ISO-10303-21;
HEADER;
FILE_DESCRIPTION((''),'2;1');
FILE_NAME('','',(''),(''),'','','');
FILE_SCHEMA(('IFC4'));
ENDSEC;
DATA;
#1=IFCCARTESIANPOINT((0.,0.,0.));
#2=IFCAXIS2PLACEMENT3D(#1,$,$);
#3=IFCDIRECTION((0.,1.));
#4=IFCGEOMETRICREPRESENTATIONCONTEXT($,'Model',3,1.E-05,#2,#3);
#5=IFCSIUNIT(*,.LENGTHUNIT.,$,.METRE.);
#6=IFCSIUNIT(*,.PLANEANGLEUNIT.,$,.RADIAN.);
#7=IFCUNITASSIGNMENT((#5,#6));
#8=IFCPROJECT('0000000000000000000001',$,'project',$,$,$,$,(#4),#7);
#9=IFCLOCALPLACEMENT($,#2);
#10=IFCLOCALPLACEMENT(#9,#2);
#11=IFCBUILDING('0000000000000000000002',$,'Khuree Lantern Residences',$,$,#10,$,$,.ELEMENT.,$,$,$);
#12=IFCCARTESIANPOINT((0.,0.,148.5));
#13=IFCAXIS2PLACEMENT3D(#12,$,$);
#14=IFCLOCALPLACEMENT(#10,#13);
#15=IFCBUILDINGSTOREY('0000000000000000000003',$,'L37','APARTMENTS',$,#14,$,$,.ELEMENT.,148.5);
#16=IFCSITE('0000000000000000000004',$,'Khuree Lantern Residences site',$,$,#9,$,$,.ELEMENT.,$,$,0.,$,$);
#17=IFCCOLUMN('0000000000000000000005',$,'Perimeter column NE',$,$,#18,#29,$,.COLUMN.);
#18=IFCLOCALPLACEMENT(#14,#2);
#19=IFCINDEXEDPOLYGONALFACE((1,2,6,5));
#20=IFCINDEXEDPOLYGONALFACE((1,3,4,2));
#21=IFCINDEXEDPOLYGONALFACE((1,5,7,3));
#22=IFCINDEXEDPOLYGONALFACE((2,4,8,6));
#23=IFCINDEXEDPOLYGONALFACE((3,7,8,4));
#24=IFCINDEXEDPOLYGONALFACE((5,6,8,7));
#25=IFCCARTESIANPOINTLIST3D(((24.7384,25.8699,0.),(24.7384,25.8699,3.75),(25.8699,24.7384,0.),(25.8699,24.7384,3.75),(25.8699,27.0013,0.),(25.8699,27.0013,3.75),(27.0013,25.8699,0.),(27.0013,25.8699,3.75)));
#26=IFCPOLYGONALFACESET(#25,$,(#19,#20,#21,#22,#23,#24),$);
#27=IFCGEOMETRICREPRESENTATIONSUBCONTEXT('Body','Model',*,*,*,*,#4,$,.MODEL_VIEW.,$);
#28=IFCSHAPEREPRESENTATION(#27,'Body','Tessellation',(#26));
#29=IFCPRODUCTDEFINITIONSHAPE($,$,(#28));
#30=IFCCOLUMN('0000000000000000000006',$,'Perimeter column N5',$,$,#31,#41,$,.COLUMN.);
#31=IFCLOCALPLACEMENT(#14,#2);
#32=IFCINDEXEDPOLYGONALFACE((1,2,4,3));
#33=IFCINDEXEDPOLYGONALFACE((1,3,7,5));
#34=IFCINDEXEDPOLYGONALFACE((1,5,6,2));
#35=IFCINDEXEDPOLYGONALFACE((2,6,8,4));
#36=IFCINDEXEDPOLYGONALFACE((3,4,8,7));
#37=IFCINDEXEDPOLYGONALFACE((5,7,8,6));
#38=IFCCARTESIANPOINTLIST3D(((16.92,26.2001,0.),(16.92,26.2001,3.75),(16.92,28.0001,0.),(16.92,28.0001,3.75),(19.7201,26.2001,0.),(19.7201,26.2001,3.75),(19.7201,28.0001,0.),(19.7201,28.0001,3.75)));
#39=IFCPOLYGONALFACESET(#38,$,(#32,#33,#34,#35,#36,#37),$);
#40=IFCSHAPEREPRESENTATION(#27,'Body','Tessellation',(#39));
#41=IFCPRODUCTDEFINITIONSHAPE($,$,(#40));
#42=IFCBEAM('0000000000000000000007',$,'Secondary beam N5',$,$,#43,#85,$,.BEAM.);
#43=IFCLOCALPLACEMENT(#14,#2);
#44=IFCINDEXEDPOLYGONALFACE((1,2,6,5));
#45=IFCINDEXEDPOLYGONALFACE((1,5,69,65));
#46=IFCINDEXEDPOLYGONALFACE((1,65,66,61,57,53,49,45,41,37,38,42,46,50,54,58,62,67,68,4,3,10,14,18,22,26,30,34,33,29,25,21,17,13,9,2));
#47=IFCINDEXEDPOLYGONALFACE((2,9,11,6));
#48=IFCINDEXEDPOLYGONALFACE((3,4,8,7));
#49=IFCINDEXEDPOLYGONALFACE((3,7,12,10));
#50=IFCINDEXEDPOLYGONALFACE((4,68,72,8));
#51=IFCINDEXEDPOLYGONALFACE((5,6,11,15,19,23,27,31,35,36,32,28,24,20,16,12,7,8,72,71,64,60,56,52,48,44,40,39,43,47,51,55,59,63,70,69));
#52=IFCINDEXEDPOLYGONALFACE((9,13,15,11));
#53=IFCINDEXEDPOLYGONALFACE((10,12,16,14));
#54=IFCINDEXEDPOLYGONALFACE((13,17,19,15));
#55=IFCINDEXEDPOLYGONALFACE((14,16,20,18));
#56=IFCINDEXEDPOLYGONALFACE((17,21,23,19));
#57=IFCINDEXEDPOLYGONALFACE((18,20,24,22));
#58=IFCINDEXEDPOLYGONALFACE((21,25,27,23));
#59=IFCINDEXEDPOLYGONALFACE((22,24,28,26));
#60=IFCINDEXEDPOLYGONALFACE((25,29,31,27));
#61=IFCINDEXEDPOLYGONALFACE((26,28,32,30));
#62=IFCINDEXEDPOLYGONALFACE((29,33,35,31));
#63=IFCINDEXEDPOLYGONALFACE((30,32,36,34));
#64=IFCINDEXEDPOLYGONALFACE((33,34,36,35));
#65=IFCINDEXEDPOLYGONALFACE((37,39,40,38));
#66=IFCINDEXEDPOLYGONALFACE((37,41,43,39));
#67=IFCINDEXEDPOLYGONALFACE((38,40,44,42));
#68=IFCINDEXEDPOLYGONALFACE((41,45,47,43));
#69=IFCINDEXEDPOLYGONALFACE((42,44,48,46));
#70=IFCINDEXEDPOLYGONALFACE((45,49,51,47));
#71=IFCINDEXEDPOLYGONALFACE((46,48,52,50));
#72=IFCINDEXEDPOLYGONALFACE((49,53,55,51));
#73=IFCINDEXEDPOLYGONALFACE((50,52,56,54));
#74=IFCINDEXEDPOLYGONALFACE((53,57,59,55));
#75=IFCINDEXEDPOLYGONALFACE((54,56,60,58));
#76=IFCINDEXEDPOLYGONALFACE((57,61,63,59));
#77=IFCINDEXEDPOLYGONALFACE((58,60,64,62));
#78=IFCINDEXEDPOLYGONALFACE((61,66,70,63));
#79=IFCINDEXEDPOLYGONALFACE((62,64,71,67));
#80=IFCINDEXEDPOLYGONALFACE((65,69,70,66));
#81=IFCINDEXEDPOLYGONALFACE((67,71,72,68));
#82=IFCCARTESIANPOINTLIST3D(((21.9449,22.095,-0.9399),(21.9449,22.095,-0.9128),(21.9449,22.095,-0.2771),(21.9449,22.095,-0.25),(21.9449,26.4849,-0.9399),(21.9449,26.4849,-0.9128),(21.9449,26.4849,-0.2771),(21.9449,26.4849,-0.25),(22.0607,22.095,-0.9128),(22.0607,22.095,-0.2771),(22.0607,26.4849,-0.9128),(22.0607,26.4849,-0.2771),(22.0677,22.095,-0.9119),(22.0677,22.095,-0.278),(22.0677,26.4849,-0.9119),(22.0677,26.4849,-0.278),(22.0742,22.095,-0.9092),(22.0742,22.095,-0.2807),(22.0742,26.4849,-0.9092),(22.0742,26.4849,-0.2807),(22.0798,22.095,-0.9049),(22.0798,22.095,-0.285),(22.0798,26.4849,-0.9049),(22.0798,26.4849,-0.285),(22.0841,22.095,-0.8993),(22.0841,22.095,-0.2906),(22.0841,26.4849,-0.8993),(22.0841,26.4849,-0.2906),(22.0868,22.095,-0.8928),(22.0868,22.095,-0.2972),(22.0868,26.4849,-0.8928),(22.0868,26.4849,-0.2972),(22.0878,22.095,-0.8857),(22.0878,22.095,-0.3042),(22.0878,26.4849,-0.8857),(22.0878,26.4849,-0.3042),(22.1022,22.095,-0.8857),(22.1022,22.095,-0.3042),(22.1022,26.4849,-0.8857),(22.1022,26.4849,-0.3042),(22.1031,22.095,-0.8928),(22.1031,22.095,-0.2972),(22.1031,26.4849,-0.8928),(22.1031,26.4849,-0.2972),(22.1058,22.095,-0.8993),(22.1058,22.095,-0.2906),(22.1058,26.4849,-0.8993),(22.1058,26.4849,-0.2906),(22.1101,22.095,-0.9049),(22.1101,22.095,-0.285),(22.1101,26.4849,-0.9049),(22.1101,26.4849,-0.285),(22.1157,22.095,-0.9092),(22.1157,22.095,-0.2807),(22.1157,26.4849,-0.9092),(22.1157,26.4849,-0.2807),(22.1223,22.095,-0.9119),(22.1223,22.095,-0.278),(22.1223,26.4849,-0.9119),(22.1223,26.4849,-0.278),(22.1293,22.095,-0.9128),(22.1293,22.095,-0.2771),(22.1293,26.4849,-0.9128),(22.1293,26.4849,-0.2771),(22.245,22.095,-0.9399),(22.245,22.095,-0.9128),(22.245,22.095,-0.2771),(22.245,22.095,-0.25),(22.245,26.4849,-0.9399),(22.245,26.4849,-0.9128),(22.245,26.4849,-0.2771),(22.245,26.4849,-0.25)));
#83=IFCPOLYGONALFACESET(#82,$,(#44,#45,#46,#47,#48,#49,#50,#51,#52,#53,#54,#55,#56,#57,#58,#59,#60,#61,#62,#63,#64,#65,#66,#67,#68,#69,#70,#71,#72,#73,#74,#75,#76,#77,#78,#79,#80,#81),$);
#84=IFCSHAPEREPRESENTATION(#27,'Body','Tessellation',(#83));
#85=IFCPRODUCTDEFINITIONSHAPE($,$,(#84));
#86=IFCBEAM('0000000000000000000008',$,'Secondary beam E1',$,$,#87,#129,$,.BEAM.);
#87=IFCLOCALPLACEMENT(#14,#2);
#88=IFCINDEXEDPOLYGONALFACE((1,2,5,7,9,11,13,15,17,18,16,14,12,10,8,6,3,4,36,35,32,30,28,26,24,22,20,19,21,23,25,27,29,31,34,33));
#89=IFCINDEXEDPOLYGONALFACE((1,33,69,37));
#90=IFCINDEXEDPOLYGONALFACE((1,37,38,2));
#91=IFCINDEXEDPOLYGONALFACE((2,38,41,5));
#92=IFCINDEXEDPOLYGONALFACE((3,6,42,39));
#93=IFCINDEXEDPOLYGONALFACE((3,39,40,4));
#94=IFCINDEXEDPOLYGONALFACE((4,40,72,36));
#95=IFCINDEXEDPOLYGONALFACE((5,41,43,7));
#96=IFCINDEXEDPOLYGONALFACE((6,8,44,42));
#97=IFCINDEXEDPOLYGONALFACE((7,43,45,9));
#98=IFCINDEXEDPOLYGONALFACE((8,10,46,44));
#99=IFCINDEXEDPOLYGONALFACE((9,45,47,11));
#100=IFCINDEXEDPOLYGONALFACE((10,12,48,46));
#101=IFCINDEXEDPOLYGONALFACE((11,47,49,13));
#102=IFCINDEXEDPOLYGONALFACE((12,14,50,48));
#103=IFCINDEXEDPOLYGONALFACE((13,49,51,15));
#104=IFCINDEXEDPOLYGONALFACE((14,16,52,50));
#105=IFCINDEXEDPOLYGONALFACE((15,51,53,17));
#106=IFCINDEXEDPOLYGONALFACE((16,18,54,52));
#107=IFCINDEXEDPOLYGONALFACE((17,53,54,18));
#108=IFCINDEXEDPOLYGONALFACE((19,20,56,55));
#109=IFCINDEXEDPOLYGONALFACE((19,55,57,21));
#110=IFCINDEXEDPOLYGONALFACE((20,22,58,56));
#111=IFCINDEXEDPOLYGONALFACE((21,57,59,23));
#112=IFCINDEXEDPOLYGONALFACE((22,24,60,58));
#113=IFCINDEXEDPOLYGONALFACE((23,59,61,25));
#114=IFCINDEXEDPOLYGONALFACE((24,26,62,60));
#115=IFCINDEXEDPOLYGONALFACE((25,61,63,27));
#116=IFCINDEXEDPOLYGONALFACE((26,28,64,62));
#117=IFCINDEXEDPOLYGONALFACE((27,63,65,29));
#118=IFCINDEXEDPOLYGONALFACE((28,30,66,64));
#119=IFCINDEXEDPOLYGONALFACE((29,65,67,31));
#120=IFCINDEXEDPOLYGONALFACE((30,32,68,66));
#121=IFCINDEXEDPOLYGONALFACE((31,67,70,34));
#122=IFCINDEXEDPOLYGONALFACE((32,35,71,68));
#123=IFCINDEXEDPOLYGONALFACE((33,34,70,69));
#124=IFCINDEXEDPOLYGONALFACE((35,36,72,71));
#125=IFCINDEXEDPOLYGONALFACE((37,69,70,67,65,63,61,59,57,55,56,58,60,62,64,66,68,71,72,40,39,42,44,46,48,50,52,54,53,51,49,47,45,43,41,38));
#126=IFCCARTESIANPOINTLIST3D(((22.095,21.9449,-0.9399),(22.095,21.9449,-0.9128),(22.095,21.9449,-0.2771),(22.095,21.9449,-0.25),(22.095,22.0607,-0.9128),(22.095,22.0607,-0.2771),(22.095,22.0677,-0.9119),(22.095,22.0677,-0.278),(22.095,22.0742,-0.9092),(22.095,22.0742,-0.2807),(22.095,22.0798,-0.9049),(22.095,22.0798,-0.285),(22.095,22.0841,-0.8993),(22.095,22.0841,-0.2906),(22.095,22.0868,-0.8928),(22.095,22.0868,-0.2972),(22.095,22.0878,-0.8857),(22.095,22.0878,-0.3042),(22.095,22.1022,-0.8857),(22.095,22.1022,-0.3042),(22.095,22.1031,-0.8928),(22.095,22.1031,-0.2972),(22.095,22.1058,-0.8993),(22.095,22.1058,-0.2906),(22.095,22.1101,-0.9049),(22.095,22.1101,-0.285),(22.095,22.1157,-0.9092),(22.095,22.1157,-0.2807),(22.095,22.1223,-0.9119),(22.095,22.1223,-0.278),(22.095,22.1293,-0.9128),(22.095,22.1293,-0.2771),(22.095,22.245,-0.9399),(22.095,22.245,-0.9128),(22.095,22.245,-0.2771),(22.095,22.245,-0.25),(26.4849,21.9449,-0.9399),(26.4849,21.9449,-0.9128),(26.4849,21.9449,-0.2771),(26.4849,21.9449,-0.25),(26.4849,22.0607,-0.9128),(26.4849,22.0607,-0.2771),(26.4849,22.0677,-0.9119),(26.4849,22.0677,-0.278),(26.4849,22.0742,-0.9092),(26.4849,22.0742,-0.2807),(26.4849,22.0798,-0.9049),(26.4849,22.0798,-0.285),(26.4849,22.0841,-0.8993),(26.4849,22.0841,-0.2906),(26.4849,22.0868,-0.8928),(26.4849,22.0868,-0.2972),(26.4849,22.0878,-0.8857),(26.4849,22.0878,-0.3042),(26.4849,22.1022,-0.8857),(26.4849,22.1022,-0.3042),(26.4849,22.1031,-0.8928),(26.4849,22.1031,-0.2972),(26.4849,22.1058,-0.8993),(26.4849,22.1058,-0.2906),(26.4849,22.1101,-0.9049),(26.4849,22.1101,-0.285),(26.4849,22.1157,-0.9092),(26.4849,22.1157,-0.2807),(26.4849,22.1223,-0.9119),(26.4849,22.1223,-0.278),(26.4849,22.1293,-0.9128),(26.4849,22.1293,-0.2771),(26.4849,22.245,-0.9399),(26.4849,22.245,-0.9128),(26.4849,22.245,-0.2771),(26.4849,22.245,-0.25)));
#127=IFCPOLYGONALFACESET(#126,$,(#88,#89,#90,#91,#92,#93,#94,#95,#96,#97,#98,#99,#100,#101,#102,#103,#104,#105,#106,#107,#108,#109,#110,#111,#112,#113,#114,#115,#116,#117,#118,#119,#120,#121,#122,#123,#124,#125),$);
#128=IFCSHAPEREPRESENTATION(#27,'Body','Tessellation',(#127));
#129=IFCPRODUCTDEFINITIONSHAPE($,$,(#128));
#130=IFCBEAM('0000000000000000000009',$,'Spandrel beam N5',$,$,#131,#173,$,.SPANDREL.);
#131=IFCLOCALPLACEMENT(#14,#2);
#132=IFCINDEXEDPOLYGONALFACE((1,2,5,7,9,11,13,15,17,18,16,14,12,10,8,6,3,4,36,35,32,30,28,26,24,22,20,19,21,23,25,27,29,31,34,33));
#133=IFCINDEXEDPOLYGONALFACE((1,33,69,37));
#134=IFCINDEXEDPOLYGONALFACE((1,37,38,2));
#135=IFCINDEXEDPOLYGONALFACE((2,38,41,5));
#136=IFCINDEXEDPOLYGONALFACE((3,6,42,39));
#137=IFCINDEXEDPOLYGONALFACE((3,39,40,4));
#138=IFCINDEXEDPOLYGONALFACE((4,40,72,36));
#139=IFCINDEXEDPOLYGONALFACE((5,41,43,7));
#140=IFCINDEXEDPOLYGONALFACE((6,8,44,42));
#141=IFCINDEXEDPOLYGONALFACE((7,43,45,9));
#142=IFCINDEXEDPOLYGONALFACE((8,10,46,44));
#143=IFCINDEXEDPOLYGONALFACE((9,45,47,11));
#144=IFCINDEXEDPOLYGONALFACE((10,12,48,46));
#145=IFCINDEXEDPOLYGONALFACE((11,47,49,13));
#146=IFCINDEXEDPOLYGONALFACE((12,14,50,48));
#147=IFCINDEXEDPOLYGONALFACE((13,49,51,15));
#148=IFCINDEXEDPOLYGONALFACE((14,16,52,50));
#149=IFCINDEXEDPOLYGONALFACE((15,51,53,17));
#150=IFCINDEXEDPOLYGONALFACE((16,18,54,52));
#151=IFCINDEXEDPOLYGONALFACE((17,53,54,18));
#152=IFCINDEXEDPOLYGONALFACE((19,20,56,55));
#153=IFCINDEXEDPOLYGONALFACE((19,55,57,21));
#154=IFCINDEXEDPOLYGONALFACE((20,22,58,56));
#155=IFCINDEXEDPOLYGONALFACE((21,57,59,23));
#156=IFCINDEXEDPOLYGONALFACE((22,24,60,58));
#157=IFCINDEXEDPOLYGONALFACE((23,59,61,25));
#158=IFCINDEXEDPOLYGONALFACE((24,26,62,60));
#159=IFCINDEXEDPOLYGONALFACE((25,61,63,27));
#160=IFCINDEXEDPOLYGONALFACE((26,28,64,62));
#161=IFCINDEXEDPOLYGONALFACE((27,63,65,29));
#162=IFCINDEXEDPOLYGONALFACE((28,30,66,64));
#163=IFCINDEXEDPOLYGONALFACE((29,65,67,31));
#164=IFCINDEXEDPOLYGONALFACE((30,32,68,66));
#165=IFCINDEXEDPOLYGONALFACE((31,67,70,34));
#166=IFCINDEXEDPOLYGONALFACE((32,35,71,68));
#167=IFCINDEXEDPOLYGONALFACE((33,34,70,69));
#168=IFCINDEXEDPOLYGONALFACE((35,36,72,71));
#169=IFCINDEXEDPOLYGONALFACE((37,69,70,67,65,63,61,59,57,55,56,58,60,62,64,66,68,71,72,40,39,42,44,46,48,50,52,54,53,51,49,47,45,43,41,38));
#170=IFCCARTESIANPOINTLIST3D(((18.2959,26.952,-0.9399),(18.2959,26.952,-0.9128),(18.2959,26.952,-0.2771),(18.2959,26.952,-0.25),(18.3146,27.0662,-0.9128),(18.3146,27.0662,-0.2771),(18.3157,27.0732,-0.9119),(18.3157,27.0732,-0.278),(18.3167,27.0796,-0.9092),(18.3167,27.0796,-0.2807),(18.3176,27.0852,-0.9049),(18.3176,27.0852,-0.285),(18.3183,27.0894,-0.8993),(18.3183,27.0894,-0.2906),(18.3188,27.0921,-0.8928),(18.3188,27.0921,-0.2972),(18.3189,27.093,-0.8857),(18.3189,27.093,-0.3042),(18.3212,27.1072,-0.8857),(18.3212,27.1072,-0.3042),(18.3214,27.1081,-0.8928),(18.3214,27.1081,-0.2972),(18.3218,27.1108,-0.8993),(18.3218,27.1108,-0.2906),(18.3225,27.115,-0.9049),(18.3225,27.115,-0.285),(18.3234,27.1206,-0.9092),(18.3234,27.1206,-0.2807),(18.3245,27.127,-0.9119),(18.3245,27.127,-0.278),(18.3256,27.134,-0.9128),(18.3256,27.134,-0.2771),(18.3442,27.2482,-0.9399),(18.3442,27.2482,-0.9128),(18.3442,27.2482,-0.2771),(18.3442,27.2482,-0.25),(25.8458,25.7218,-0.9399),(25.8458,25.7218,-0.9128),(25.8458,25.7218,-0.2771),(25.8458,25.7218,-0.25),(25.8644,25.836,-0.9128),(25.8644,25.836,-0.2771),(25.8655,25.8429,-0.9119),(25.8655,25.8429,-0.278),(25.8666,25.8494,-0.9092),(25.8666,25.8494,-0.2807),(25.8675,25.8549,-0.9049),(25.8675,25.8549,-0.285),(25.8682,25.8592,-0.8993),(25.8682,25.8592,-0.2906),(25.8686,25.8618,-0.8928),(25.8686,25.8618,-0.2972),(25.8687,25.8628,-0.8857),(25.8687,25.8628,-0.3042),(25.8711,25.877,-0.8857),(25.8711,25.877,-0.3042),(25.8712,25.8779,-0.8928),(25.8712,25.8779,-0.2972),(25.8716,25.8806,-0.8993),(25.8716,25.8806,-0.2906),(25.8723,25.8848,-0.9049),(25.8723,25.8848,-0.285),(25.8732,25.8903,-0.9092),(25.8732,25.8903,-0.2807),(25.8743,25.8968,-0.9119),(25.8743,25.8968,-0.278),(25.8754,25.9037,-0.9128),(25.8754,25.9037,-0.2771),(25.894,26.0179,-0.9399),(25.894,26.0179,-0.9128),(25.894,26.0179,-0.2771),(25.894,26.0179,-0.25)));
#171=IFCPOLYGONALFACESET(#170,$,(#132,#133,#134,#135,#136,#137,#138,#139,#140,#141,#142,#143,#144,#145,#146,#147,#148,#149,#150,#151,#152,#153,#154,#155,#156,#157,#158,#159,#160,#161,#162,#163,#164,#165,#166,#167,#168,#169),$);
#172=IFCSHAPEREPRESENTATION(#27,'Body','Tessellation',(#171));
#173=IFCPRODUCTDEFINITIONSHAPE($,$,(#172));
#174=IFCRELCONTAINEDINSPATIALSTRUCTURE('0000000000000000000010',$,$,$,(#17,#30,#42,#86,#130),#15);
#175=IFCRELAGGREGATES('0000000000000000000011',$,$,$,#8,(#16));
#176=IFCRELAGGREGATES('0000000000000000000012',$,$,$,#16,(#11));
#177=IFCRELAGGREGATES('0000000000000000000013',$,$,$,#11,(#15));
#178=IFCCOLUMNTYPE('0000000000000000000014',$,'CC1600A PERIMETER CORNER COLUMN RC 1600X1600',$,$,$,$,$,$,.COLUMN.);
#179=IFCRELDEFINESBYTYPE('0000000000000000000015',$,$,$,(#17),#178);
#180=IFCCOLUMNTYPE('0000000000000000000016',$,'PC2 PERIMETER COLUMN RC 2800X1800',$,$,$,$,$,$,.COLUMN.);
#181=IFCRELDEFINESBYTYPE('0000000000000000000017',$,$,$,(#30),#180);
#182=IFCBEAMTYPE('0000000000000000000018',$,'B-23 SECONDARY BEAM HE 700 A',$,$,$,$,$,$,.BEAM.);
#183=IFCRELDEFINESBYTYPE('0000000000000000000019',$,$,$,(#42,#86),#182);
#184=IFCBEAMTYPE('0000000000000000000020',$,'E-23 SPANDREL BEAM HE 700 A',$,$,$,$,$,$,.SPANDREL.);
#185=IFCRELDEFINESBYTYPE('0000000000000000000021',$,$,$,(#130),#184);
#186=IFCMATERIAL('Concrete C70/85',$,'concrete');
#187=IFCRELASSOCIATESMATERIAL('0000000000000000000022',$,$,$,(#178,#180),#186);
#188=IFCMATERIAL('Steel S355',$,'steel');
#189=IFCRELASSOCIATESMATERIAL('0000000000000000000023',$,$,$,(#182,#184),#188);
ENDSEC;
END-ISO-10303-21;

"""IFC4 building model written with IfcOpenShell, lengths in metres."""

from ifc_helpers import new_model, si_unit, direction, frame, origin, origin_2d, place, context, subcontext, project, spatial, rectangle, i_section, extrude, material, material_profile, profile_set, type_object, element, save


model = new_model("IFC4")

# Units and contexts
model_context = context("Model", 3, precision=1e-05, world=origin(), true_north=direction((0.0, 1.0)))
body_context = subcontext(model_context, "Body", "Model", "MODEL_VIEW")
ifc_project = project(units=[si_unit("LENGTHUNIT", "METRE"), si_unit("PLANEANGLEUNIT", "RADIAN")], contexts=[model_context])

# Site, building, storey
site_placement = place(None, origin())
site = spatial("IfcSite", under=ifc_project, at=site_placement, Name="Khuree Lantern Residences site", CompositionType="ELEMENT", RefElevation=0.0)
building_placement = place(site_placement, origin())
building = spatial("IfcBuilding", under=site, at=building_placement, Name="Khuree Lantern Residences", CompositionType="ELEMENT")
storey_placement = place(building_placement, frame((0.0, 0.0, 148.5)))
storey = spatial("IfcBuildingStorey", under=building, at=storey_placement, Name="L37", Description="APARTMENTS", CompositionType="ELEMENT", Elevation=148.5)

# Columns
ifc_material_1 = material(Name="Concrete C70/85", Category="concrete")
ifc_material_profile_1 = material_profile(ifc_material_1, rectangle(XDim=1.6001, YDim=1.6001, at=origin_2d()), Name="RC 1600X1600")
ifc_profile_set_1 = profile_set([ifc_material_profile_1], Name="Concrete C70/85")
column_type_1 = type_object("IfcColumnType", Name="CC1600A PERIMETER CORNER COLUMN RC 1600X1600", PredefinedType="COLUMN", material=ifc_profile_set_1)
column_1_placement = place(storey_placement, frame((25.8699, 25.8699, 0.0), z_axis=(0.0, 0.0, 1.0), x_axis=(0.707107, -0.707107, 0.0)))
element("IfcColumn", 1, at=column_1_placement, inside=storey, type_object=column_type_1, Name="Perimeter column NE", PredefinedType="COLUMN", context=body_context, shape_type="SweptSolid", body=[
    extrude(rectangle(XDim=1.6001, YDim=1.6001, at=origin_2d()), origin(), (0.0, 0.0, 1.0), 3.75),
])
ifc_material_profile_2 = material_profile(ifc_material_1, rectangle(XDim=2.8, YDim=1.8, at=origin_2d()), Name="RC 2800X1800")
ifc_profile_set_2 = profile_set([ifc_material_profile_2], Name="Concrete C70/85")
column_type_2 = type_object("IfcColumnType", Name="PC2 PERIMETER COLUMN RC 2800X1800", PredefinedType="COLUMN", material=ifc_profile_set_2)
column_2_placement = place(storey_placement, frame((18.3201, 27.1001, 0.0), z_axis=(0.0, 0.0, 1.0), x_axis=(1.0, 0.0, 0.0)))
element("IfcColumn", 2, at=column_2_placement, inside=storey, type_object=column_type_2, Name="Perimeter column N5", PredefinedType="COLUMN", context=body_context, shape_type="SweptSolid", body=[
    extrude(rectangle(XDim=2.8, YDim=1.8, at=origin_2d()), origin(), (0.0, 0.0, 1.0), 3.75),
])

# Beams
ifc_material_2 = material(Name="Steel S355", Category="steel")
ifc_material_profile_3 = material_profile(ifc_material_2, i_section(OverallWidth=0.3, OverallDepth=0.6899, WebThickness=0.0144, FlangeThickness=0.0271, FilletRadius=0.0271, at=origin_2d()), Name="HE 700 A")
ifc_profile_set_3 = profile_set([ifc_material_profile_3], Name="Steel S355")
beam_type_1 = type_object("IfcBeamType", Name="B-23 SECONDARY BEAM HE 700 A", PredefinedType="BEAM", material=ifc_profile_set_3)
for number, where, z_axis, x_axis, name in (
    (3, (22.095, 26.4849, -0.595), (0.0, -1.0, 0.0), (1.0, 0.0, 0.0), "Secondary beam N5"),
    (4, (26.4849, 22.095, -0.595), (-1.0, 0.0, 0.0), (0.0, -1.0, 0.0), "Secondary beam E1"),
):
    element("IfcBeam", number, at=place(storey_placement, frame(where, z_axis=z_axis, x_axis=x_axis)), inside=storey, type_object=beam_type_1, Name=name, PredefinedType="BEAM", context=body_context, shape_type="SweptSolid", body=[
        extrude(i_section(OverallWidth=0.3, OverallDepth=0.6899, WebThickness=0.0144, FlangeThickness=0.0271, FilletRadius=0.0271, at=origin_2d()), origin(), (0.0, 0.0, 1.0), 4.3899),
    ])
ifc_material_profile_4 = material_profile(ifc_material_2, i_section(OverallWidth=0.3, OverallDepth=0.6899, WebThickness=0.0144, FlangeThickness=0.0271, FilletRadius=0.0271, at=origin_2d()), Name="HE 700 A")
ifc_profile_set_4 = profile_set([ifc_material_profile_4], Name="Steel S355")
beam_type_2 = type_object("IfcBeamType", Name="E-23 SPANDREL BEAM HE 700 A", PredefinedType="SPANDREL", material=ifc_profile_set_4)
for number, where, z_axis, x_axis, name in (
    (5, (18.3201, 27.1001, -0.595), (0.986983, -0.160827, 0.0), (0.160827, 0.986983, 0.0), "Spandrel beam N5"),
):
    element("IfcBeam", number, at=place(storey_placement, frame(where, z_axis=z_axis, x_axis=x_axis)), inside=storey, type_object=beam_type_2, Name=name, PredefinedType="SPANDREL", context=body_context, shape_type="SweptSolid", body=[
        extrude(i_section(OverallWidth=0.3, OverallDepth=0.6899, WebThickness=0.0144, FlangeThickness=0.0271, FilletRadius=0.0271, at=origin_2d()), origin(), (0.0, 0.0, 1.0), 7.6494),
    ])

save(model, "model.ifc")
